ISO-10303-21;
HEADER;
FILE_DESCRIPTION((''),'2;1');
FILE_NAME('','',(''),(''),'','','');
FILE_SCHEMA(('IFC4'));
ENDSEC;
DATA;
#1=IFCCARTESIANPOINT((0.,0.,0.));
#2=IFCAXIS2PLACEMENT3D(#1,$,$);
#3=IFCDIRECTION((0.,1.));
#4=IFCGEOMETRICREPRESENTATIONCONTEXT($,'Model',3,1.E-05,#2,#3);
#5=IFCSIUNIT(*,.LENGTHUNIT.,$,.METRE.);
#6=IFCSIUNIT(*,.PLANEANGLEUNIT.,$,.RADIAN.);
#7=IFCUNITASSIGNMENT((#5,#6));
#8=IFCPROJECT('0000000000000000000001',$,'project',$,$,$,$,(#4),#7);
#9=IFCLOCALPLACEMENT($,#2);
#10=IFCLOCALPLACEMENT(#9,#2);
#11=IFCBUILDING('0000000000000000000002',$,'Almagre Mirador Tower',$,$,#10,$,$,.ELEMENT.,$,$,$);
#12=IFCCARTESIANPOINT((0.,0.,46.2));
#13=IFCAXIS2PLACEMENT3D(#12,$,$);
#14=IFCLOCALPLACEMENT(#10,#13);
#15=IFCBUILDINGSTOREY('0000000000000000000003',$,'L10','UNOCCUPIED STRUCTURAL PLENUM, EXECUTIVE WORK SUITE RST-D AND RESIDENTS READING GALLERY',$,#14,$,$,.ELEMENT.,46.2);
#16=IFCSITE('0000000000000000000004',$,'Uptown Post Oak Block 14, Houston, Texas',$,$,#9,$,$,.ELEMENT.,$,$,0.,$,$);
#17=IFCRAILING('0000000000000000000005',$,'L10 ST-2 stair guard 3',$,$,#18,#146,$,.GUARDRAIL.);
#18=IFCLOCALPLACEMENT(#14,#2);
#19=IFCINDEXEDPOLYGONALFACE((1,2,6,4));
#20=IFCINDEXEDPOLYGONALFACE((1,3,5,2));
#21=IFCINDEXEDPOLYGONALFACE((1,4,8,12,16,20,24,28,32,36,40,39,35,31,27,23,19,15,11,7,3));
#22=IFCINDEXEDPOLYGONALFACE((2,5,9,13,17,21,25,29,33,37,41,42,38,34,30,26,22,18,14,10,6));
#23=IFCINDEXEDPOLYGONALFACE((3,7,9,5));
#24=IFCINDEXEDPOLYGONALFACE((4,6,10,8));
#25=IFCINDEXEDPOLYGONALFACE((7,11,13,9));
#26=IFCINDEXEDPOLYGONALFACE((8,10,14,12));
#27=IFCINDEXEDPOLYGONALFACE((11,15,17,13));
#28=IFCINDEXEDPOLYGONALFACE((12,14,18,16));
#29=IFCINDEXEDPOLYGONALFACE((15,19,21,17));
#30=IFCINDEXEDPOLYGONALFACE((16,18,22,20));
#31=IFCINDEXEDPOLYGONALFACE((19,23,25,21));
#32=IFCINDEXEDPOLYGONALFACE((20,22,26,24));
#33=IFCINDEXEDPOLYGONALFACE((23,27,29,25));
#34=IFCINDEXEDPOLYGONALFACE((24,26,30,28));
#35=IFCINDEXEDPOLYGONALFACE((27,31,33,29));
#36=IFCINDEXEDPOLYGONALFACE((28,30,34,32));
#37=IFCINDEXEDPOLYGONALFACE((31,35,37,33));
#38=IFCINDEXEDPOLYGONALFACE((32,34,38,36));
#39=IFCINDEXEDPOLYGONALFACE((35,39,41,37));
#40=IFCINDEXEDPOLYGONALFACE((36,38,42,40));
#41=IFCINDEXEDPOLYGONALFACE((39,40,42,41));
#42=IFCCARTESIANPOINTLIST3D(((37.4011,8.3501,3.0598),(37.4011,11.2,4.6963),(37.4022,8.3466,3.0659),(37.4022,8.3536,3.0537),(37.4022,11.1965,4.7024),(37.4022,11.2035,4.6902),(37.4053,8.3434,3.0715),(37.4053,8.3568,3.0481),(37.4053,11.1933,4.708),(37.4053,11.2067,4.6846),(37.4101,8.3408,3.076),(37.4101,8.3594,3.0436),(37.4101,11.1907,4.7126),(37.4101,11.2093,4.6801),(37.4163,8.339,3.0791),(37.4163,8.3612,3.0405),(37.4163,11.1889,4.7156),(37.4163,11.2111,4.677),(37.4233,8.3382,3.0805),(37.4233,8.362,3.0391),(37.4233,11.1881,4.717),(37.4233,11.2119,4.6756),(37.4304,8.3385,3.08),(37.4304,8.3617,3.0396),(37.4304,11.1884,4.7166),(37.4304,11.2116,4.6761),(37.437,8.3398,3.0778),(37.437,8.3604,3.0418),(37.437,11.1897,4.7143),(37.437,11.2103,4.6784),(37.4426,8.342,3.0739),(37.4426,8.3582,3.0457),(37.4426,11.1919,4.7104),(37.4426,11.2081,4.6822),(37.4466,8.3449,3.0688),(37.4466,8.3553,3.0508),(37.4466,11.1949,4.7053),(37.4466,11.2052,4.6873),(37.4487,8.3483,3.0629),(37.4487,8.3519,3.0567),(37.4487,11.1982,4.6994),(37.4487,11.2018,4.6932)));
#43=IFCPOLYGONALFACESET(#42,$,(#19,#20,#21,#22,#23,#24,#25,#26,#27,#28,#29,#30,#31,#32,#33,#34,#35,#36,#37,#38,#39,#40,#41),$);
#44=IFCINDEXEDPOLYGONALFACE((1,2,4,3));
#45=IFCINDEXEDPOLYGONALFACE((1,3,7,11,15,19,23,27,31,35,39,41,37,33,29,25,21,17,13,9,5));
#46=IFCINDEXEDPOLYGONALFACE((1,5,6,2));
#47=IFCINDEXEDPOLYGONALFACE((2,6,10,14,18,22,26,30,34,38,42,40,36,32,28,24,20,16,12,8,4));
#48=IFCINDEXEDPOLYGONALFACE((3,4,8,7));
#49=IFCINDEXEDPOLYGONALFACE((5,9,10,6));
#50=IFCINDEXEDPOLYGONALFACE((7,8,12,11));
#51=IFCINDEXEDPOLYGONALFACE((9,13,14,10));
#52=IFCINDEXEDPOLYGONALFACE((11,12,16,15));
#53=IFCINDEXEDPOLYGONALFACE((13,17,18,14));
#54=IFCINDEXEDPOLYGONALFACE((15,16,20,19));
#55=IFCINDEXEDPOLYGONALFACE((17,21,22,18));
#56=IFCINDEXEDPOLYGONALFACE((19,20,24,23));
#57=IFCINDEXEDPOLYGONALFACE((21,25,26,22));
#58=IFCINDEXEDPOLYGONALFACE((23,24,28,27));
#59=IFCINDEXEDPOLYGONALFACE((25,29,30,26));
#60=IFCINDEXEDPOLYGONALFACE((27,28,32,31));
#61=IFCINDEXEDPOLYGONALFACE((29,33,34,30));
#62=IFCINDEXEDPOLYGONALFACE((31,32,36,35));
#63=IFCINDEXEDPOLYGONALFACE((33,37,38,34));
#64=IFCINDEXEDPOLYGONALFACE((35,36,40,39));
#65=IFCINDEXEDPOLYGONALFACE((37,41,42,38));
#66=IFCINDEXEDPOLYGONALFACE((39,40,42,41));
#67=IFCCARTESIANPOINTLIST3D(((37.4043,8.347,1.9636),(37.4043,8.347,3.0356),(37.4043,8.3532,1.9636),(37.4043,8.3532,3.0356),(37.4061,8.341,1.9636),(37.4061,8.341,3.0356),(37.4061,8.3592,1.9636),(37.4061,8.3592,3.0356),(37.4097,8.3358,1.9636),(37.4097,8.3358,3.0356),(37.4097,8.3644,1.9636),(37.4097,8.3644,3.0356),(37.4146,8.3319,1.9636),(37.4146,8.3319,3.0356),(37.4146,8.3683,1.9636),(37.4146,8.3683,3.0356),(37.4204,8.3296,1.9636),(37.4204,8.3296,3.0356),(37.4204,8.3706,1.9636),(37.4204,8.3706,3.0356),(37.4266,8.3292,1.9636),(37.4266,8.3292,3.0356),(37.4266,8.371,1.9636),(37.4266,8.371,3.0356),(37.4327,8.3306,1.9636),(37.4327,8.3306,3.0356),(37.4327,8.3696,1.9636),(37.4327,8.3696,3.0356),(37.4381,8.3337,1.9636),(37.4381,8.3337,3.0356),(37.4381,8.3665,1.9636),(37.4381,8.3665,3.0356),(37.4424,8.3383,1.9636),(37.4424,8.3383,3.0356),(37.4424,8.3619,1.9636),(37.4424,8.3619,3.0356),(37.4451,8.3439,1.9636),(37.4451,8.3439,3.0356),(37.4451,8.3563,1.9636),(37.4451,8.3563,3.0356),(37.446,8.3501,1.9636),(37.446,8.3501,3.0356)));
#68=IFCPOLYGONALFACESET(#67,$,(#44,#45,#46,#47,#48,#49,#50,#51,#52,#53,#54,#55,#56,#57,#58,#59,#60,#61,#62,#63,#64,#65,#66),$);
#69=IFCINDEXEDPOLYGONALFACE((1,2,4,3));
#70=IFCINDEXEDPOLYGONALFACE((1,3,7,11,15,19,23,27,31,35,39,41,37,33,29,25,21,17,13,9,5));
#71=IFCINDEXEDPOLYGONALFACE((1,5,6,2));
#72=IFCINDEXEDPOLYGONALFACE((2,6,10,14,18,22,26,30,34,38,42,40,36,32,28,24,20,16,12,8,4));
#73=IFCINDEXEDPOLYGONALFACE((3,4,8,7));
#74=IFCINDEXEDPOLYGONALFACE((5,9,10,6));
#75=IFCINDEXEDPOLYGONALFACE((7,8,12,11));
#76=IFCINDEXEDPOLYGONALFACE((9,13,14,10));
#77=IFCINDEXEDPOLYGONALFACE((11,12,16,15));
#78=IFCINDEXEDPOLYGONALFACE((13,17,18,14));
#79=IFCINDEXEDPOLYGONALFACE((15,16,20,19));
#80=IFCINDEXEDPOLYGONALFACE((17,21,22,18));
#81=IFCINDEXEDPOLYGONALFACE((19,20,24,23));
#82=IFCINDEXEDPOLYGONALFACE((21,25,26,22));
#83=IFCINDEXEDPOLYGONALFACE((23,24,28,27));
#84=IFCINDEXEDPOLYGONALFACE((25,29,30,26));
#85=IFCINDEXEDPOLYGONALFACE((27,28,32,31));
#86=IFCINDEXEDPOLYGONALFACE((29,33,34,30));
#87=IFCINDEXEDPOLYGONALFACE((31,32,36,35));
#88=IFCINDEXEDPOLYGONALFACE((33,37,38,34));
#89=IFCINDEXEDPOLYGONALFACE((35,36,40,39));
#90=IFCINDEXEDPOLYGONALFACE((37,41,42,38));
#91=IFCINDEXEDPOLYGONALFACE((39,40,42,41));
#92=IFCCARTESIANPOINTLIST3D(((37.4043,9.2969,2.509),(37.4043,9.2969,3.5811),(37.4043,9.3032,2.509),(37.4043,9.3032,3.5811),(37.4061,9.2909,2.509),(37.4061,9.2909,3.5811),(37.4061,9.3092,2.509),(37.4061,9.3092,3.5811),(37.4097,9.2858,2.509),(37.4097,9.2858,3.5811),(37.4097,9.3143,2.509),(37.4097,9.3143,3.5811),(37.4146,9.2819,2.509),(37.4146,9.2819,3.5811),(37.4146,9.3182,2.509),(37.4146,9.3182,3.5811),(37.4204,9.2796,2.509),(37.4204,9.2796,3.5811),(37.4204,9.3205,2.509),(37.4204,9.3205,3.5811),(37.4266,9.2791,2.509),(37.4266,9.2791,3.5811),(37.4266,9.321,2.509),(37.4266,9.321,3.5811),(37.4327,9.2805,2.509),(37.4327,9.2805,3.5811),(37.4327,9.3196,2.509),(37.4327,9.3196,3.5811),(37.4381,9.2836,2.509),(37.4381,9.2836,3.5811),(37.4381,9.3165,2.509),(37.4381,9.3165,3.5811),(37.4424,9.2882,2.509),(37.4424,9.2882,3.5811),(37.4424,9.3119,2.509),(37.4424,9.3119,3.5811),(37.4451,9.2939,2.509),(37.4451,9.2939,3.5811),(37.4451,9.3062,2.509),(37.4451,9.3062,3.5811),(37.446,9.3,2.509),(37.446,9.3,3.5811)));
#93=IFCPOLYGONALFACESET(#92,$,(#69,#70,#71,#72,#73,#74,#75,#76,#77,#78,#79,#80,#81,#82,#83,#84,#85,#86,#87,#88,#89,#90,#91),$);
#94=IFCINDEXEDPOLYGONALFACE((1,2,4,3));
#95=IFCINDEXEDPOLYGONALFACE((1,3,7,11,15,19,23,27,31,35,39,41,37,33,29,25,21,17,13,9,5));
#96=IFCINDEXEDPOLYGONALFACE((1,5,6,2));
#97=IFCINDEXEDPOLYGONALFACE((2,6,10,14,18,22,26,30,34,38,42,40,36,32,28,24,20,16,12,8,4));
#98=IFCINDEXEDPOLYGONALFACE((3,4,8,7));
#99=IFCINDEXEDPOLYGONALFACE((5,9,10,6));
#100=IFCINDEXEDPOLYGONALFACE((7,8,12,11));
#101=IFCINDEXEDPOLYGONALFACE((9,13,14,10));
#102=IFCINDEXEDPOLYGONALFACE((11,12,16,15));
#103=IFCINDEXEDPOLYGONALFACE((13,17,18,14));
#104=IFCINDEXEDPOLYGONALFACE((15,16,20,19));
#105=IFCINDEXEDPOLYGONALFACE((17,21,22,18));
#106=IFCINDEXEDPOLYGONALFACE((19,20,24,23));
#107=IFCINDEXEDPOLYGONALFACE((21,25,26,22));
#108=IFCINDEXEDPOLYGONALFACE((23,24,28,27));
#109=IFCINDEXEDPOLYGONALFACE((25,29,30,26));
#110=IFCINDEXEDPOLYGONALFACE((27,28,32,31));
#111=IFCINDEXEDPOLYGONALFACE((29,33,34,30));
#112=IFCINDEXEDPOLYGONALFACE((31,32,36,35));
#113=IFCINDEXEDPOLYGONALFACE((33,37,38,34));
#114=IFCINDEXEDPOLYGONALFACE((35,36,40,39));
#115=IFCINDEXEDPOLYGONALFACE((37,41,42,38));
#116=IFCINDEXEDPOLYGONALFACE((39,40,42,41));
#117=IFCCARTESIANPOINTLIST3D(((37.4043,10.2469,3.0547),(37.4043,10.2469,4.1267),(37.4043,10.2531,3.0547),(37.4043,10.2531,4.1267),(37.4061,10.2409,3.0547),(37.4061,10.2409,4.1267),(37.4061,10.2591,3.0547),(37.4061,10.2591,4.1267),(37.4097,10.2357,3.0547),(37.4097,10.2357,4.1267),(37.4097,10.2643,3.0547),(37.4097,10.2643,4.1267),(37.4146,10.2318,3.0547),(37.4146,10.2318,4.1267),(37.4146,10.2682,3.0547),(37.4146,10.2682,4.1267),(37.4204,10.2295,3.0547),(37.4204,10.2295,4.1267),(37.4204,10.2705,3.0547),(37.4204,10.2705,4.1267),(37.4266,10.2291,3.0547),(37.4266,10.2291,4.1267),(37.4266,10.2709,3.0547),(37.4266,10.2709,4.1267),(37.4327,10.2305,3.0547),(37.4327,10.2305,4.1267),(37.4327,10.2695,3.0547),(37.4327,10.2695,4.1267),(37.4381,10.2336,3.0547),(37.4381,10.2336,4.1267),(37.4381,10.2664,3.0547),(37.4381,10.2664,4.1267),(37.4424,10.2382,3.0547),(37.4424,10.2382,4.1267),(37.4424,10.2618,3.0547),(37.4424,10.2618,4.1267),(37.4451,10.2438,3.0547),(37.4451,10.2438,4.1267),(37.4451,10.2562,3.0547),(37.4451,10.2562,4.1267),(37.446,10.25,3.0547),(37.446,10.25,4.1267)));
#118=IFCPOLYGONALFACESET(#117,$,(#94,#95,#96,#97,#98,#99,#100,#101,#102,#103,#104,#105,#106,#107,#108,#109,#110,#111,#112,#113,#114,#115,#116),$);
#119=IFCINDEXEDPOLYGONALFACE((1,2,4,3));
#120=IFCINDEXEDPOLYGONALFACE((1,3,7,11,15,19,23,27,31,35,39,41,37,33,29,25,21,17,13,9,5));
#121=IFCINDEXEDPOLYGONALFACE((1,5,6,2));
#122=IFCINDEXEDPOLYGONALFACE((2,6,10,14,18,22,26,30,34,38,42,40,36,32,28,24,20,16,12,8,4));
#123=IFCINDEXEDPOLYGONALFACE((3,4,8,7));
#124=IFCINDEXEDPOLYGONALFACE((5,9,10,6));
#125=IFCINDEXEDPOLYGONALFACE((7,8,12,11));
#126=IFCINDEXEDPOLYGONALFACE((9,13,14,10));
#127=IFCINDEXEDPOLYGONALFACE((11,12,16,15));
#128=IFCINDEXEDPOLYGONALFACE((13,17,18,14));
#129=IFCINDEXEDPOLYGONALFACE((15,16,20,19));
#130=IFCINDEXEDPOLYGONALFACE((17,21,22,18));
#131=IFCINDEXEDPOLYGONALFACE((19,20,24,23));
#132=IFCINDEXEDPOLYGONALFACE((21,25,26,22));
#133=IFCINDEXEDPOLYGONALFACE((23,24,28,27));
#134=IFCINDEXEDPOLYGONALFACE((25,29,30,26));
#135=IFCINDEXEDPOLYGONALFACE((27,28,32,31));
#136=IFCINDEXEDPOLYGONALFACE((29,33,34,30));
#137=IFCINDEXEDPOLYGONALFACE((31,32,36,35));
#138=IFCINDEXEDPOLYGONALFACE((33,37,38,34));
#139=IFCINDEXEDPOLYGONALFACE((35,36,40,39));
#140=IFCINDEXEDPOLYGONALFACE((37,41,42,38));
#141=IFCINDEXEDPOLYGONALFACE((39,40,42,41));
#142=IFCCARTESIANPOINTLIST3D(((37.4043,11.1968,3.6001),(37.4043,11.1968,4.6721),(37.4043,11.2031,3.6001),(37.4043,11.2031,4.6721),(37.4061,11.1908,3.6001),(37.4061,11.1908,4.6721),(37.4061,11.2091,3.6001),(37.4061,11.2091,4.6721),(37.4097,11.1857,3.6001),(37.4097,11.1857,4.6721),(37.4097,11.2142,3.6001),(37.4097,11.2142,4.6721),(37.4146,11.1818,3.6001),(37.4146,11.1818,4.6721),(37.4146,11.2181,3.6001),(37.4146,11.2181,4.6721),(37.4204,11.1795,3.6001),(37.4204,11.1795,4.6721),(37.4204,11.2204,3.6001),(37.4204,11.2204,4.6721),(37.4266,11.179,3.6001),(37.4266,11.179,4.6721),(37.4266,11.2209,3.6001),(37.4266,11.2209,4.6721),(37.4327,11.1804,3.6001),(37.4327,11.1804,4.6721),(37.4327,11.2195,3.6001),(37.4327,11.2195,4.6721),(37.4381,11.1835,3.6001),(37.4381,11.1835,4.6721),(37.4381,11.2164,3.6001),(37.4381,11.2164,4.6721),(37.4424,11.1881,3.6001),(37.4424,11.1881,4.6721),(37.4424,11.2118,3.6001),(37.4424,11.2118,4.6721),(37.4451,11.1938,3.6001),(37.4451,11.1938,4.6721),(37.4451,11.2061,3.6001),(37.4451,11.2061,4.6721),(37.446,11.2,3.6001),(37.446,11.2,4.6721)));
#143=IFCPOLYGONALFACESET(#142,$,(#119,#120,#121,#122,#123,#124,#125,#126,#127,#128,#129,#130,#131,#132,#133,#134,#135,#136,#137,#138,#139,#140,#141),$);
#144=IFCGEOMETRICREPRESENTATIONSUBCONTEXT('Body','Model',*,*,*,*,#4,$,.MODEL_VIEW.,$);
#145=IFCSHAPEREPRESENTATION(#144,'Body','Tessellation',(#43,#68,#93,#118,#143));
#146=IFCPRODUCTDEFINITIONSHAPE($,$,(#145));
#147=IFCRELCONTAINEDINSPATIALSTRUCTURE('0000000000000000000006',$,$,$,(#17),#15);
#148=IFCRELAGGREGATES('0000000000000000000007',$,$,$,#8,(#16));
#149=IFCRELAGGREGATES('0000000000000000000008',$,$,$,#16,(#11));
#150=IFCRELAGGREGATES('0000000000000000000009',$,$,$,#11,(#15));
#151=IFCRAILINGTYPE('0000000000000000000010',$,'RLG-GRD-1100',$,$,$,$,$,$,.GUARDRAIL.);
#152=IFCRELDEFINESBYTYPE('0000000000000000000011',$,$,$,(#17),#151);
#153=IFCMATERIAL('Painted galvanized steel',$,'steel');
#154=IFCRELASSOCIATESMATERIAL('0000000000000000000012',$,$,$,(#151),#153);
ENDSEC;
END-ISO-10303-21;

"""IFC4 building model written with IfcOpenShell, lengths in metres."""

from ifc_helpers import new_model, si_unit, direction, frame, origin, origin_2d, place, context, subcontext, project, spatial, circle, extrude, material, type_object, element, save


model = new_model("IFC4")

# Units and contexts
model_context = context("Model", 3, precision=1e-05, world=origin(), true_north=direction((0.0, 1.0)))
body_context = subcontext(model_context, "Body", "Model", "MODEL_VIEW")
ifc_project = project(units=[si_unit("LENGTHUNIT", "METRE"), si_unit("PLANEANGLEUNIT", "RADIAN")], contexts=[model_context])

# Site, building, storey
site_placement = place(None, origin())
site = spatial("IfcSite", under=ifc_project, at=site_placement, Name="Uptown Post Oak Block 14, Houston, Texas", CompositionType="ELEMENT", RefElevation=0.0)
building_placement = place(site_placement, origin())
building = spatial("IfcBuilding", under=site, at=building_placement, Name="Almagre Mirador Tower", CompositionType="ELEMENT")
storey_placement = place(building_placement, frame((0.0, 0.0, 46.2)))
storey = spatial("IfcBuildingStorey", under=building, at=storey_placement, Name="L10", Description="UNOCCUPIED STRUCTURAL PLENUM, EXECUTIVE WORK SUITE RST-D AND RESIDENTS READING GALLERY", CompositionType="ELEMENT", Elevation=46.2)

# Railing
ifc_material_1 = material(Name="Painted galvanized steel", Category="steel")
railing_type_1 = type_object("IfcRailingType", Name="RLG-GRD-1100", PredefinedType="GUARDRAIL", material=ifc_material_1)
railing_1_placement = place(storey_placement, frame((37.425, 8.3501, 1.9636)))
element("IfcRailing", 1, at=railing_1_placement, inside=storey, type_object=railing_type_1, Name="L10 ST-2 stair guard 3", PredefinedType="GUARDRAIL", context=body_context, shape_type="SweptSolid", body=[
    extrude(circle(Radius=0.0239, at=origin_2d()), frame((0.0, 0.0, 1.0962), z_axis=(0.0, 0.867194, 0.49797), x_axis=(-1.0, 0.0, 0.0)), (0.0, 0.0, 1.0), 3.2864),
    extrude(circle(Radius=0.021, at=origin_2d()), origin(), (0.0, 0.0, 1.0), 1.072),
    extrude(circle(Radius=0.021, at=origin_2d()), frame((0.0, 0.95, 0.5454)), (0.0, 0.0, 1.0), 1.072),
    extrude(circle(Radius=0.021, at=origin_2d()), frame((0.0, 1.8999, 1.0911)), (0.0, 0.0, 1.0), 1.072),
    extrude(circle(Radius=0.021, at=origin_2d()), frame((0.0, 2.8499, 1.6365)), (0.0, 0.0, 1.0), 1.072),
])

save(model, "model.ifc")
